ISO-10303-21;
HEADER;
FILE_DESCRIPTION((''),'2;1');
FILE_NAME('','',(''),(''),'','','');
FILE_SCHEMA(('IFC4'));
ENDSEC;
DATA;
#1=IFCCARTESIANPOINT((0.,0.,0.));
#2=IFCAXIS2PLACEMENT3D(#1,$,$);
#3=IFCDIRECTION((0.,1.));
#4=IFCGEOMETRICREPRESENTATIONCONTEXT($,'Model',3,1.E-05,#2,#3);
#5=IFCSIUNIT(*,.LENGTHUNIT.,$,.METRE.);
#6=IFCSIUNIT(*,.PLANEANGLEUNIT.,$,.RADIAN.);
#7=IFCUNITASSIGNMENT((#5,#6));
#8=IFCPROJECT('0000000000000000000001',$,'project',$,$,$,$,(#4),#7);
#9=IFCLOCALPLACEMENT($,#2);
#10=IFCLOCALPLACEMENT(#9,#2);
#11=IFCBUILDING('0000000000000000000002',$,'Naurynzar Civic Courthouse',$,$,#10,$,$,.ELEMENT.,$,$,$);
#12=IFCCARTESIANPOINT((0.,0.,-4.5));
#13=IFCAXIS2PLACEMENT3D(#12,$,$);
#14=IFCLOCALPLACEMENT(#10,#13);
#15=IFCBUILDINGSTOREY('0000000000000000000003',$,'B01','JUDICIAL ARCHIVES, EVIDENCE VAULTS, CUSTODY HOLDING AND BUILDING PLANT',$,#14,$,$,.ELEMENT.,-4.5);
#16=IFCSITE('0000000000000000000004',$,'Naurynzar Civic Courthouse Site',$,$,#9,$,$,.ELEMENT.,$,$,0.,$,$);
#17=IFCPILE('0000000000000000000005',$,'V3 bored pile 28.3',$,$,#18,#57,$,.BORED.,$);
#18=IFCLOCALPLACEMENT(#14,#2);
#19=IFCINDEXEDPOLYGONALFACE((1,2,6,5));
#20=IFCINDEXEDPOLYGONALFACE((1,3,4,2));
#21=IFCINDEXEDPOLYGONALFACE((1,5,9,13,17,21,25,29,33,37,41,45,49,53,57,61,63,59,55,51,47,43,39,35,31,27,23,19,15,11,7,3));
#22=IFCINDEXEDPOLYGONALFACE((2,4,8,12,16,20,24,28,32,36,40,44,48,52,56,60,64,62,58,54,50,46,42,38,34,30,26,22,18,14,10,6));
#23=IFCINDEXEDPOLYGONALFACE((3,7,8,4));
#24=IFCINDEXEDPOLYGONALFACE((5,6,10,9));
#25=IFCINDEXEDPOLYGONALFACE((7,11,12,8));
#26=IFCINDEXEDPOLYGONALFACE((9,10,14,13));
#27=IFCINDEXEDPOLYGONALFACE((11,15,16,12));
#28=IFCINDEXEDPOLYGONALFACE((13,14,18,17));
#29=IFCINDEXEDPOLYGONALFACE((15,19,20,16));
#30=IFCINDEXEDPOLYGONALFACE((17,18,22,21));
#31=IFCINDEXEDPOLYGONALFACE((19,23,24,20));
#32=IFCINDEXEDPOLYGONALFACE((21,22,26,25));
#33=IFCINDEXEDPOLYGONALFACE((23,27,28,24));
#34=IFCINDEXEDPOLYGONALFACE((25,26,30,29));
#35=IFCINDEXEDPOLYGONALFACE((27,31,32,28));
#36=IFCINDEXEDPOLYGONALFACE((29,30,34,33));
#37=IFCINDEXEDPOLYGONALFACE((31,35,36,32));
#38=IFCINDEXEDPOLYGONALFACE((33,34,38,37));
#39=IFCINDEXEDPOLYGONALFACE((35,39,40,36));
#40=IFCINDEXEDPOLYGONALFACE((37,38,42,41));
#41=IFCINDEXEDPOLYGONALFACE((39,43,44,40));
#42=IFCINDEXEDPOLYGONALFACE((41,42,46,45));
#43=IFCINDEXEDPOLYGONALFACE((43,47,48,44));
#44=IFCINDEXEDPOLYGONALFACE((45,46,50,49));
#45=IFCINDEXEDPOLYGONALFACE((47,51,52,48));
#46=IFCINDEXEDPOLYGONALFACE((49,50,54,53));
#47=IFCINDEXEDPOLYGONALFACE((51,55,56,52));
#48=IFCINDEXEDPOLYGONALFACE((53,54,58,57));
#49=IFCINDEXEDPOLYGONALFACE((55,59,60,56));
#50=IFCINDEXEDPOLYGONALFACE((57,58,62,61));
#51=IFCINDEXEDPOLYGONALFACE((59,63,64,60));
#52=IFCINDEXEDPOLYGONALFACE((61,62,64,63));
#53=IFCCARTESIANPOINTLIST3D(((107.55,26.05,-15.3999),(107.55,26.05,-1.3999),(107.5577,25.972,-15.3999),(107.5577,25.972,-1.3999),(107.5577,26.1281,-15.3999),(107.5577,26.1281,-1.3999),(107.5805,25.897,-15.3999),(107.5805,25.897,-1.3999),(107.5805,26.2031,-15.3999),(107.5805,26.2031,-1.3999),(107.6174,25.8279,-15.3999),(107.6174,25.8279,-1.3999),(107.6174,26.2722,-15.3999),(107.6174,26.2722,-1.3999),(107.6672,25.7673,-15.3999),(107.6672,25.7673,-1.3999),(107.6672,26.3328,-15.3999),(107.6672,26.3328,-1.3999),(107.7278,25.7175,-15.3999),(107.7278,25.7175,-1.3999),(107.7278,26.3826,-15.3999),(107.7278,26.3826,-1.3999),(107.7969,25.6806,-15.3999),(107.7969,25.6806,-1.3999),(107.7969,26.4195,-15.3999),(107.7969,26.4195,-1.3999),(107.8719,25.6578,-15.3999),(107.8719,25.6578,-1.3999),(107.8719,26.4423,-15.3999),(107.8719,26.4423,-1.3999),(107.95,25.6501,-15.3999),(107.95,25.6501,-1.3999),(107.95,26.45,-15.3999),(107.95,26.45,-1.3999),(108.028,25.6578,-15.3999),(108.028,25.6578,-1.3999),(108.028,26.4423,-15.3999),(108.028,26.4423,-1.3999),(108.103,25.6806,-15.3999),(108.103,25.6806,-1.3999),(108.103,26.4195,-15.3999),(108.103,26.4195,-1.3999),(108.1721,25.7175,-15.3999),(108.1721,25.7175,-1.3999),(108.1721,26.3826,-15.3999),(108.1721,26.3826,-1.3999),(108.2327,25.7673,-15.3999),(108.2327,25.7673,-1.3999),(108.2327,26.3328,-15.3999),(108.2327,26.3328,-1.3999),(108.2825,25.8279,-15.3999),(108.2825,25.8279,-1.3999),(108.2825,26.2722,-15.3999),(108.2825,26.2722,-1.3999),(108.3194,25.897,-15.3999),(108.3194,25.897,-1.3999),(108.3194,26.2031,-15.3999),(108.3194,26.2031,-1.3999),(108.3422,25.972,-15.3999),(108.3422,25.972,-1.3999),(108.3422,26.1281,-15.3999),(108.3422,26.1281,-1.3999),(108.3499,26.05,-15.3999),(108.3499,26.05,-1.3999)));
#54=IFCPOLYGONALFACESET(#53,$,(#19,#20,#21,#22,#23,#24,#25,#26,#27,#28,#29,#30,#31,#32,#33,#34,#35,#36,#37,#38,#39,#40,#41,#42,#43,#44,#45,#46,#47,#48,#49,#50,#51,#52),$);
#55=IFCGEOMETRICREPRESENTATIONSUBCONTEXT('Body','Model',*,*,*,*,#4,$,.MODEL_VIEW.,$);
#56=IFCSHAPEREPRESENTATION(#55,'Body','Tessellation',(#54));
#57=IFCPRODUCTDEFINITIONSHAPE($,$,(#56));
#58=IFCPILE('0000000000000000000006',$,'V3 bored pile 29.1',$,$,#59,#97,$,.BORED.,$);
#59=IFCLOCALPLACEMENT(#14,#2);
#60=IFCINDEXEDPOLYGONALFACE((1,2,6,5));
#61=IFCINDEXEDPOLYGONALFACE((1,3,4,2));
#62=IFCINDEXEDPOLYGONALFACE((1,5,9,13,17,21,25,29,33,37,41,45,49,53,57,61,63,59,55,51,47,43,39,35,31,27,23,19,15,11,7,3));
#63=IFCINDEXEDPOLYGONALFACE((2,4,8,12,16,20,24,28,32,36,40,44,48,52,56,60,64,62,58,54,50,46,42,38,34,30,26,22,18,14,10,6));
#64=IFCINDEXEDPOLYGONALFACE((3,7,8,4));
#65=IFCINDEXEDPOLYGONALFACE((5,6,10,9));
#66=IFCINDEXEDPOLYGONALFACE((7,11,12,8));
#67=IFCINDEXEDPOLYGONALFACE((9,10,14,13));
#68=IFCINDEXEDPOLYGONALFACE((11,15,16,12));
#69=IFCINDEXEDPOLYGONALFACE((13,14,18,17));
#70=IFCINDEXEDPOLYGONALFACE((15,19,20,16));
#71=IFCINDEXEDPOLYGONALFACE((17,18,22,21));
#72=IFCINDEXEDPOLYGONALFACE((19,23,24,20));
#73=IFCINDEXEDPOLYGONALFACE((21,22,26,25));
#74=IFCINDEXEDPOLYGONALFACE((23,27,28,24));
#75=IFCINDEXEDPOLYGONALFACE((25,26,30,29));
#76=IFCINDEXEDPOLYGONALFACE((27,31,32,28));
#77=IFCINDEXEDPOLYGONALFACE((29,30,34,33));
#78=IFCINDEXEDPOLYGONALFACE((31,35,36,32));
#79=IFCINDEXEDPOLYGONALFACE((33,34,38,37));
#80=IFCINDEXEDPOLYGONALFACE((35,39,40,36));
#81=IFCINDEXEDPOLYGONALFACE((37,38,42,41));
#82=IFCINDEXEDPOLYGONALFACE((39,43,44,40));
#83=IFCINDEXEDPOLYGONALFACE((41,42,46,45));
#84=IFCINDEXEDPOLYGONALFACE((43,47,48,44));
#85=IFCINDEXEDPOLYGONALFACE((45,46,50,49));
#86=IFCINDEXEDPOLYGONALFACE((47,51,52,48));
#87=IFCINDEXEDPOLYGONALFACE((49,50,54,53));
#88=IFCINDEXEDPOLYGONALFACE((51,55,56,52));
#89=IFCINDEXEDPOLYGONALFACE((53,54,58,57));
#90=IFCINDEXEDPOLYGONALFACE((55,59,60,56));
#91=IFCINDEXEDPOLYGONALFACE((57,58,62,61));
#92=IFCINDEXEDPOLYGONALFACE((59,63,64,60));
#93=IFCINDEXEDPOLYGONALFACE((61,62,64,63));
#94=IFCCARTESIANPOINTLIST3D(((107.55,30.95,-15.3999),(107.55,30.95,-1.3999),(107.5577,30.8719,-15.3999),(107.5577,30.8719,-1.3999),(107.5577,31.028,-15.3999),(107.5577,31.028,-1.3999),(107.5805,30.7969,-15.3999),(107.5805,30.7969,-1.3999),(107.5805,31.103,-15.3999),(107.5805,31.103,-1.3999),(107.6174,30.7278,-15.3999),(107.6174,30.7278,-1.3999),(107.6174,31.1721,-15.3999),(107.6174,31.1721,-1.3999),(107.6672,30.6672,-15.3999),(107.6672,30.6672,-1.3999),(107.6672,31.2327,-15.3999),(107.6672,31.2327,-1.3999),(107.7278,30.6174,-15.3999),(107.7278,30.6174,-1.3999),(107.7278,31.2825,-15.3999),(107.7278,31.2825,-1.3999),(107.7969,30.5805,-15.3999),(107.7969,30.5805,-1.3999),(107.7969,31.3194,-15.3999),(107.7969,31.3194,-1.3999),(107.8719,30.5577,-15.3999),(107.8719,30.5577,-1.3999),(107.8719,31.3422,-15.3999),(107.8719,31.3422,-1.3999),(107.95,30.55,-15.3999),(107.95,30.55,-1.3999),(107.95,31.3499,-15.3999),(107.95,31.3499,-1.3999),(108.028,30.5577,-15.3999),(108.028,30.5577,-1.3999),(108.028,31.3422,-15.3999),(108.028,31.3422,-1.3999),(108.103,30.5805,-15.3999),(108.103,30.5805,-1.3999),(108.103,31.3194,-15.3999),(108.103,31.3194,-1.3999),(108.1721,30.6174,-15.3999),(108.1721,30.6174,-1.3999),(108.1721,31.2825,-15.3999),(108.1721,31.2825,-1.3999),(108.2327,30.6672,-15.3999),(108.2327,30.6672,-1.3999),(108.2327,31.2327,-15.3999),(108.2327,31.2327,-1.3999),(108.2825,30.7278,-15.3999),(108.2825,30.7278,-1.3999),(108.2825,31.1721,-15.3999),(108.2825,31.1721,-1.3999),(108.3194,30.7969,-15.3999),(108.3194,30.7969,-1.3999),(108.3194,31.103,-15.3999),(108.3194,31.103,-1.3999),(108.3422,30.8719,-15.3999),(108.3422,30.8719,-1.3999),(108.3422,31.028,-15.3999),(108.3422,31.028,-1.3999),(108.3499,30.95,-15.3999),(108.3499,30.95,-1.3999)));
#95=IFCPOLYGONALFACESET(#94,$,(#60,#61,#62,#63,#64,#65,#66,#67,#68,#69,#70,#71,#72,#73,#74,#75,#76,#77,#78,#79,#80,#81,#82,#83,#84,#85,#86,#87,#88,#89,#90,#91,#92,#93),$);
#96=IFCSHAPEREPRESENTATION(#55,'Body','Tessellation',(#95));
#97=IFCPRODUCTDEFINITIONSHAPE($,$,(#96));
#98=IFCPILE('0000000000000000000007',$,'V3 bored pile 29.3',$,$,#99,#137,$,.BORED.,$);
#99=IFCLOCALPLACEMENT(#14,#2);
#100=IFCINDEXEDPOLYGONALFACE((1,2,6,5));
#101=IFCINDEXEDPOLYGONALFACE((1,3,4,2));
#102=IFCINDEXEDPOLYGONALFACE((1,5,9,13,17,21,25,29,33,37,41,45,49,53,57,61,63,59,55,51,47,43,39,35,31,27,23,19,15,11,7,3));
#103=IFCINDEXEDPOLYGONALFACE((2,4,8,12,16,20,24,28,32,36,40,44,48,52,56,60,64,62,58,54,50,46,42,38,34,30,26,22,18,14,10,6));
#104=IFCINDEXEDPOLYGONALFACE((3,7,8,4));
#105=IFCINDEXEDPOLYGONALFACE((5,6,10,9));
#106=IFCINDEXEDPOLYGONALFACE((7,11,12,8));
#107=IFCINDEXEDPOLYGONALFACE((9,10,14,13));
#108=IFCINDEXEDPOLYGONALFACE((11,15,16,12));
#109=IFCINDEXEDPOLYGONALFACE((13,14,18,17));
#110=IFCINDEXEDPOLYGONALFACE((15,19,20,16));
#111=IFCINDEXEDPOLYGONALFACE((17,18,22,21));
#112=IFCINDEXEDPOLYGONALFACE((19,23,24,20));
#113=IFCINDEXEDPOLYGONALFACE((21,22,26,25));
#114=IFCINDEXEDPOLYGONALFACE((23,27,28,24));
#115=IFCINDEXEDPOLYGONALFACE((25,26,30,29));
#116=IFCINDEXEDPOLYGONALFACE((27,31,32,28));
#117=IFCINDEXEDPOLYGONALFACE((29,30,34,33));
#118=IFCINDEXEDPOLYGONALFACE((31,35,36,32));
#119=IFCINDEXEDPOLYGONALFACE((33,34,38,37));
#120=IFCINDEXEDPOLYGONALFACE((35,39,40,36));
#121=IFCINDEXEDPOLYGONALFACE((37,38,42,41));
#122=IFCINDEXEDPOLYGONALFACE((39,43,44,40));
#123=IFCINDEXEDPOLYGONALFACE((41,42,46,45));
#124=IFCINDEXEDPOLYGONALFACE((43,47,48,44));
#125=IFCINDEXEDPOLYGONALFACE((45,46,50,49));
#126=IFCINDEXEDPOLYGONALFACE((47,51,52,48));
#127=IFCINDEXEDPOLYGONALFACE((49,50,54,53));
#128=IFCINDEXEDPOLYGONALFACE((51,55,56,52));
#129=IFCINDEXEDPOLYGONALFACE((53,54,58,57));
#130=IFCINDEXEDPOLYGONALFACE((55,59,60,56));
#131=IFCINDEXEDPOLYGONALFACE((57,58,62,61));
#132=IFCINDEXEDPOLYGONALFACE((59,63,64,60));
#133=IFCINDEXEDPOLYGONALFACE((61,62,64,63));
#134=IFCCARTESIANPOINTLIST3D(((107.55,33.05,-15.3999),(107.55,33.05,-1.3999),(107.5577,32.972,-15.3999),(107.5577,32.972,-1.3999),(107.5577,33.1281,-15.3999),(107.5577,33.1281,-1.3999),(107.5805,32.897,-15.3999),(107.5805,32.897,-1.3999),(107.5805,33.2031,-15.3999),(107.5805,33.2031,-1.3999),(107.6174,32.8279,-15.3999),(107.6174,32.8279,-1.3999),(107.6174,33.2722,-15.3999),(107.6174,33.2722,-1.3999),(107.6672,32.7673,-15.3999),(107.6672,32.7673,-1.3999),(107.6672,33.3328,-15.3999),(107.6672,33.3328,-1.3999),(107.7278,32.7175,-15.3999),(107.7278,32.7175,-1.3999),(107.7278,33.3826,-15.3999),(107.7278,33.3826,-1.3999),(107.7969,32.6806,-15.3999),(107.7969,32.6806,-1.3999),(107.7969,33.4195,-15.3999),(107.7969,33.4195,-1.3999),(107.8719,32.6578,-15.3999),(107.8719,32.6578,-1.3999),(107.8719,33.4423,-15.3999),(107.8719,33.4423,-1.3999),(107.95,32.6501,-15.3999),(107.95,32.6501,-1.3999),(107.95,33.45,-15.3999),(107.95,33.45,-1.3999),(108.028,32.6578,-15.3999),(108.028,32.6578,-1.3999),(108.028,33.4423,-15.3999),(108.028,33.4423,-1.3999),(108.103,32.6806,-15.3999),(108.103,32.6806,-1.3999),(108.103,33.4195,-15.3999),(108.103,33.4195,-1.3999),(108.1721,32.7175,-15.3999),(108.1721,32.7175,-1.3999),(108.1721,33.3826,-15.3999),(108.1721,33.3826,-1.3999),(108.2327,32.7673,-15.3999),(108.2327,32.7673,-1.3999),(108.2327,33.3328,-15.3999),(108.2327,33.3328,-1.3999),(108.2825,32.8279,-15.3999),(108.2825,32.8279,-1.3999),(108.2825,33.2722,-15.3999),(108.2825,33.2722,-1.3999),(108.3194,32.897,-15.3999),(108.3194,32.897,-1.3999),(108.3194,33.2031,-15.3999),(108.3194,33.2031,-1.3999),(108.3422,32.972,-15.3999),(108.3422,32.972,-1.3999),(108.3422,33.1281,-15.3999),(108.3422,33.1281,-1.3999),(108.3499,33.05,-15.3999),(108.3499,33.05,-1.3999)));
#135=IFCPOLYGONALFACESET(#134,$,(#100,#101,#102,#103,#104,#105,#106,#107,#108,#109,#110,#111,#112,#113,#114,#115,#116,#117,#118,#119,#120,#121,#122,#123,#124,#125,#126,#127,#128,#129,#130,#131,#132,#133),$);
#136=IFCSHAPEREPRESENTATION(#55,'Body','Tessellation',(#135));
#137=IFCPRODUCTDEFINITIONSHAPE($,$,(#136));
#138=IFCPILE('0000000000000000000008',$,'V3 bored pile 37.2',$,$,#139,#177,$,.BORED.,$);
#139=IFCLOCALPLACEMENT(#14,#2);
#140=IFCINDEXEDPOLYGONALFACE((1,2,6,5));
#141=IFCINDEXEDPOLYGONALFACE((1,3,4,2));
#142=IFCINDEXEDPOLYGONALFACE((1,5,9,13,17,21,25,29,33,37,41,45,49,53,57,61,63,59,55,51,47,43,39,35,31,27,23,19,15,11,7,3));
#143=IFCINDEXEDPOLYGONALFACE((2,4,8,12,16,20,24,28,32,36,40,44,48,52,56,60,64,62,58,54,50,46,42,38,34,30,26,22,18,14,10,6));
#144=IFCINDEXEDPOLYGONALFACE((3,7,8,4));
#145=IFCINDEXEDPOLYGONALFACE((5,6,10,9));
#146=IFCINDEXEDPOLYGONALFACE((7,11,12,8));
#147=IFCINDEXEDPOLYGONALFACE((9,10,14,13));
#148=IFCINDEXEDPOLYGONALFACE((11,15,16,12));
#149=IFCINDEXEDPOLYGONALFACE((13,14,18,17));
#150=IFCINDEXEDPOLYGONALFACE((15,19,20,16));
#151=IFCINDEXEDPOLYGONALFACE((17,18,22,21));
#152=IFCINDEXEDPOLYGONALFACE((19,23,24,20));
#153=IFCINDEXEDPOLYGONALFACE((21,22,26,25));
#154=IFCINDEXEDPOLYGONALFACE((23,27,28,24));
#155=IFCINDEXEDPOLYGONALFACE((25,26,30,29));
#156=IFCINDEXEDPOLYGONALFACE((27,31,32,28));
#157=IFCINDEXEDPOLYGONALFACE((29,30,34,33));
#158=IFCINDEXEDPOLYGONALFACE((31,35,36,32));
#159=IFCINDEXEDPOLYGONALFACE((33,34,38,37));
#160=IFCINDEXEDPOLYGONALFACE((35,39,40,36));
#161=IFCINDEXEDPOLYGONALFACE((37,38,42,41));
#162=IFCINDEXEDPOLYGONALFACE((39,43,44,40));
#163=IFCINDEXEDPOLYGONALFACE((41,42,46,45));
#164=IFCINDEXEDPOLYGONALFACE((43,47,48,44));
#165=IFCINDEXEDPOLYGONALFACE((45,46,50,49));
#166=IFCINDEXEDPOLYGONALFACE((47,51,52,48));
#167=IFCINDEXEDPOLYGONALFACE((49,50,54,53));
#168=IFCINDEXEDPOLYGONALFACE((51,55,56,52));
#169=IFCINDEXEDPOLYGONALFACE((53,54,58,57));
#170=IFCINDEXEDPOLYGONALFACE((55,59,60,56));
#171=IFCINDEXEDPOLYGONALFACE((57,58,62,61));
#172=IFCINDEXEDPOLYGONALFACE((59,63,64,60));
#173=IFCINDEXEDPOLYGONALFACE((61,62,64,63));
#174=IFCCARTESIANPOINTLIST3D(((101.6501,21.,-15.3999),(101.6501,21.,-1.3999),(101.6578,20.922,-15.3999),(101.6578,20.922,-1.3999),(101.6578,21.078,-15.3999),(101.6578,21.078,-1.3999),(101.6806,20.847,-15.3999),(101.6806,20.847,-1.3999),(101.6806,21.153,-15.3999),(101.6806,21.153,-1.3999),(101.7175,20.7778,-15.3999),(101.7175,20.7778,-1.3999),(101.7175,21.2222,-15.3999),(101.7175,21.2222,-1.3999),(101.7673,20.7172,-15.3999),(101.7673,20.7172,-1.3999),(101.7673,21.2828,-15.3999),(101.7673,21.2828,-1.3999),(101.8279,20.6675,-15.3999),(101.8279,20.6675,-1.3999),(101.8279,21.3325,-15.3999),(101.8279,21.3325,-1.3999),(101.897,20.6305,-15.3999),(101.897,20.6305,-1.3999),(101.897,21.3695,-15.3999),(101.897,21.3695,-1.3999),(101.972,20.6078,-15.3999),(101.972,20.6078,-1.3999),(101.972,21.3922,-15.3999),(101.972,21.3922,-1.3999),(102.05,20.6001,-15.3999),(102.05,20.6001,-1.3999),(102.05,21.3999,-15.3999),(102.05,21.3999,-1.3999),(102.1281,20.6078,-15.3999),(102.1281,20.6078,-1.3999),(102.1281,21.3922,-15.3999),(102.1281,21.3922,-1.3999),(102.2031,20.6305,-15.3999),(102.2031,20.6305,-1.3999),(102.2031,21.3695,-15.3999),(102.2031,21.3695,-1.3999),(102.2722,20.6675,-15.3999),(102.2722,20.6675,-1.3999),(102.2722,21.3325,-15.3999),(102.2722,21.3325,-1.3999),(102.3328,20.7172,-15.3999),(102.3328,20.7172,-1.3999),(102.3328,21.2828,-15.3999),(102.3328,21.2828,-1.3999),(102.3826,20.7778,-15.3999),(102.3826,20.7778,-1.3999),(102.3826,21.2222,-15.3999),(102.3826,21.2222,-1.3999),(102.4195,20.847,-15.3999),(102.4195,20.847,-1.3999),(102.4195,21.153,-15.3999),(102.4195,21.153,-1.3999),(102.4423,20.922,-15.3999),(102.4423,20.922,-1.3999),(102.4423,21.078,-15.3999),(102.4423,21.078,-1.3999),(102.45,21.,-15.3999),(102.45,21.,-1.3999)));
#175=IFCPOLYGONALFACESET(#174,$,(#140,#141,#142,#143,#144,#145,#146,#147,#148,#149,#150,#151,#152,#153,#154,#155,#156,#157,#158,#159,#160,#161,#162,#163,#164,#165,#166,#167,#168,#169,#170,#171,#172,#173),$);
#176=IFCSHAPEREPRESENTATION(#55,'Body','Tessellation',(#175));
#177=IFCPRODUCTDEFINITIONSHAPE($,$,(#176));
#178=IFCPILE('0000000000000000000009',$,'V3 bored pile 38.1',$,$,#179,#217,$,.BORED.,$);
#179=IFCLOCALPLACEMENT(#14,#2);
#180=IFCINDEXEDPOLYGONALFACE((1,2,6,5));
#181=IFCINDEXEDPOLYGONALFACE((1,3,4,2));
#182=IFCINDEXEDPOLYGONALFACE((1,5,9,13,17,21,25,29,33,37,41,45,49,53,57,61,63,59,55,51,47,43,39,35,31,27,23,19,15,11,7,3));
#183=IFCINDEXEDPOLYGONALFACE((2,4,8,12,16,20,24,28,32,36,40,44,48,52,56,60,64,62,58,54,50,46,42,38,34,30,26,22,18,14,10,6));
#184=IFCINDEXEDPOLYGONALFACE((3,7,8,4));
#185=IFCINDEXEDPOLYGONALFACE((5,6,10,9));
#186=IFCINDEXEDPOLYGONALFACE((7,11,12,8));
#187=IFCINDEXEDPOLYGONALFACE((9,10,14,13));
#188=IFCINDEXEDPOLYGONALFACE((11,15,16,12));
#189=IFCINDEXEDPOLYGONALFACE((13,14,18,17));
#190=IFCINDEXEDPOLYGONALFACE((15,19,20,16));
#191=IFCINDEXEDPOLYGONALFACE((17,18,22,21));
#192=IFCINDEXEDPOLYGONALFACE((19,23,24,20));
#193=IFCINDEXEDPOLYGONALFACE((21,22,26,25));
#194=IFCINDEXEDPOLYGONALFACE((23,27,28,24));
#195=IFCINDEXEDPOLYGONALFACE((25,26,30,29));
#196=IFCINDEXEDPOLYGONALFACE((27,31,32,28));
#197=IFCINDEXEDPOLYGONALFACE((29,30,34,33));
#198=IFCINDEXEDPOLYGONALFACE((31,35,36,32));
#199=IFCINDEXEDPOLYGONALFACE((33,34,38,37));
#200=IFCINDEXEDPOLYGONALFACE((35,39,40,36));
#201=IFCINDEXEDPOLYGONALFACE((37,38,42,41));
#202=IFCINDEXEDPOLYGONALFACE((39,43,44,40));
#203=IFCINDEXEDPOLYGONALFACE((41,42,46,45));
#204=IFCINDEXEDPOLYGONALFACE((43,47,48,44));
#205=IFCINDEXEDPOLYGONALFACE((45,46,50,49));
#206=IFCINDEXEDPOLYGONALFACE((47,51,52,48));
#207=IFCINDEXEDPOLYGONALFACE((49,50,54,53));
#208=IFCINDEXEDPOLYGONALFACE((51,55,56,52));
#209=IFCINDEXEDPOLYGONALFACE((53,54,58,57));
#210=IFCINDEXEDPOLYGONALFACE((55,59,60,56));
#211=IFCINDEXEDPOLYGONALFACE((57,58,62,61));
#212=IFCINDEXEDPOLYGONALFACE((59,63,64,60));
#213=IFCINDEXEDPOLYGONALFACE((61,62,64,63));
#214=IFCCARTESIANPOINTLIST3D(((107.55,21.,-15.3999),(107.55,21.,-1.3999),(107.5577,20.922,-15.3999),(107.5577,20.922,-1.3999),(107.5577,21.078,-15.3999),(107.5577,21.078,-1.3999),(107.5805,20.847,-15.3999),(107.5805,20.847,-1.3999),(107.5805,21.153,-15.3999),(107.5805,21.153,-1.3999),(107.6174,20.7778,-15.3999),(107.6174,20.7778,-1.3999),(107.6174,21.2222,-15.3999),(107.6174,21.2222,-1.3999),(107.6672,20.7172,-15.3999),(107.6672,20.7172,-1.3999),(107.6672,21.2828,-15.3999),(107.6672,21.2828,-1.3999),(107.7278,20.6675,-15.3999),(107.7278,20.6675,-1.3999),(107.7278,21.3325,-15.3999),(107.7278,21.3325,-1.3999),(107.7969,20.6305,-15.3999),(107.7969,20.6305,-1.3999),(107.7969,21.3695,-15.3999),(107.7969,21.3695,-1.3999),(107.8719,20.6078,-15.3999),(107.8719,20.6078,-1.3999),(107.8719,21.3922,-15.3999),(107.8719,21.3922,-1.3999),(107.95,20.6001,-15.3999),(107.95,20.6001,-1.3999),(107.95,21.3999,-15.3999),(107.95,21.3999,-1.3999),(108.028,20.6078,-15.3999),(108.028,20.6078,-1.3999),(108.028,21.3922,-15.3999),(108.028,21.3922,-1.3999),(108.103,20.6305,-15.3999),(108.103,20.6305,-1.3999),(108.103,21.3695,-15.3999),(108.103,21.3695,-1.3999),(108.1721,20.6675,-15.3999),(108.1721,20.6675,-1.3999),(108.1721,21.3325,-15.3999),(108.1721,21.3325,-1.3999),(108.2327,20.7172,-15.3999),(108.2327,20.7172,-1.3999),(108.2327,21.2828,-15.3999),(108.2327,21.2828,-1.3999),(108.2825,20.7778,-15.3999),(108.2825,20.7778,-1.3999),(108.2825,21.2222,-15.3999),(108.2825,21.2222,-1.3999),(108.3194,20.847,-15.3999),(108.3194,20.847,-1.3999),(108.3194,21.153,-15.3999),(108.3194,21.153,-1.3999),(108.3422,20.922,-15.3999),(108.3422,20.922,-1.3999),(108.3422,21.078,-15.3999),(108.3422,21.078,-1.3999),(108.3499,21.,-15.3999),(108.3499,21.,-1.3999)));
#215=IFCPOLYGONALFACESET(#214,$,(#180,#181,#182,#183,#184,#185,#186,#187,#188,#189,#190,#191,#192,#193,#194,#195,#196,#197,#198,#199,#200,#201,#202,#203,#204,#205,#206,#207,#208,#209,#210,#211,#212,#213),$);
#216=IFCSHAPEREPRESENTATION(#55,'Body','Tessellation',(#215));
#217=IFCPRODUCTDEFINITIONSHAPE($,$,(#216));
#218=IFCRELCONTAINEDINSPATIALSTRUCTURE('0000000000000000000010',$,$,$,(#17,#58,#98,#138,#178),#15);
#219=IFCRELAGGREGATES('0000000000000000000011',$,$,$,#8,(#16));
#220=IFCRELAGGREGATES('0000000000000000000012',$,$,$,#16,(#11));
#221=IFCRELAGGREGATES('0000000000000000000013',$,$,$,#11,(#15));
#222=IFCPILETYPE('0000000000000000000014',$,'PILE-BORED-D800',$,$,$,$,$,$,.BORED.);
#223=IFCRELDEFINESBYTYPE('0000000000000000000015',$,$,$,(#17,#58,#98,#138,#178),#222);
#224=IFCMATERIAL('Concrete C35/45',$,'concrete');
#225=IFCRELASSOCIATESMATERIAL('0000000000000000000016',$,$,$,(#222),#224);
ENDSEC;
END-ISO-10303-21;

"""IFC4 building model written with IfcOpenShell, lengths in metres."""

from ifc_helpers import new_model, si_unit, direction, frame, origin, origin_2d, place, context, subcontext, project, spatial, circle, extrude, material, material_profile, profile_set, type_object, element, save


model = new_model("IFC4")

# Units and contexts
model_context = context("Model", 3, precision=1e-05, world=origin(), true_north=direction((0.0, 1.0)))
body_context = subcontext(model_context, "Body", "Model", "MODEL_VIEW")
ifc_project = project(units=[si_unit("LENGTHUNIT", "METRE"), si_unit("PLANEANGLEUNIT", "RADIAN")], contexts=[model_context])

# Site, building, storey
site_placement = place(None, origin())
site = spatial("IfcSite", under=ifc_project, at=site_placement, Name="Naurynzar Civic Courthouse Site", CompositionType="ELEMENT", RefElevation=0.0)
building_placement = place(site_placement, origin())
building = spatial("IfcBuilding", under=site, at=building_placement, Name="Naurynzar Civic Courthouse", CompositionType="ELEMENT")
storey_placement = place(building_placement, frame((0.0, 0.0, -4.5)))
storey = spatial("IfcBuildingStorey", under=building, at=storey_placement, Name="B01", Description="JUDICIAL ARCHIVES, EVIDENCE VAULTS, CUSTODY HOLDING AND BUILDING PLANT", CompositionType="ELEMENT", Elevation=-4.5)

# Piles
ifc_material_1 = material(Name="Concrete C35/45", Category="concrete")
ifc_material_profile_1 = material_profile(ifc_material_1, circle(Radius=0.3999, at=origin_2d()), Name="PILE D800")
ifc_profile_set_1 = profile_set([ifc_material_profile_1], Name="Concrete C35/45")
pile_type = type_object("IfcPileType", Name="PILE-BORED-D800", PredefinedType="BORED", material=ifc_profile_set_1)
for number, where, z_axis, x_axis, name in (
    (1, (107.95, 26.05, -1.3999), (0.0, 0.0, -1.0), (1.0, 0.0, 0.0), "V3 bored pile 28.3"),
    (2, (107.95, 30.95, -1.3999), (0.0, 0.0, -1.0), (1.0, 0.0, 0.0), "V3 bored pile 29.1"),
    (3, (107.95, 33.05, -1.3999), (0.0, 0.0, -1.0), (1.0, 0.0, 0.0), "V3 bored pile 29.3"),
    (4, (102.05, 21.0, -1.3999), (0.0, 0.0, -1.0), (1.0, 0.0, 0.0), "V3 bored pile 37.2"),
    (5, (107.95, 21.0, -1.3999), (0.0, 0.0, -1.0), (1.0, 0.0, 0.0), "V3 bored pile 38.1"),
):
    element("IfcPile", number, at=place(storey_placement, frame(where, z_axis=z_axis, x_axis=x_axis)), inside=storey, type_object=pile_type, Name=name, PredefinedType="BORED", context=body_context, shape_type="SweptSolid", body=[
        extrude(circle(Radius=0.3999, at=origin_2d()), origin(), (0.0, 0.0, 1.0), 14.0),
    ])

save(model, "model.ifc")
